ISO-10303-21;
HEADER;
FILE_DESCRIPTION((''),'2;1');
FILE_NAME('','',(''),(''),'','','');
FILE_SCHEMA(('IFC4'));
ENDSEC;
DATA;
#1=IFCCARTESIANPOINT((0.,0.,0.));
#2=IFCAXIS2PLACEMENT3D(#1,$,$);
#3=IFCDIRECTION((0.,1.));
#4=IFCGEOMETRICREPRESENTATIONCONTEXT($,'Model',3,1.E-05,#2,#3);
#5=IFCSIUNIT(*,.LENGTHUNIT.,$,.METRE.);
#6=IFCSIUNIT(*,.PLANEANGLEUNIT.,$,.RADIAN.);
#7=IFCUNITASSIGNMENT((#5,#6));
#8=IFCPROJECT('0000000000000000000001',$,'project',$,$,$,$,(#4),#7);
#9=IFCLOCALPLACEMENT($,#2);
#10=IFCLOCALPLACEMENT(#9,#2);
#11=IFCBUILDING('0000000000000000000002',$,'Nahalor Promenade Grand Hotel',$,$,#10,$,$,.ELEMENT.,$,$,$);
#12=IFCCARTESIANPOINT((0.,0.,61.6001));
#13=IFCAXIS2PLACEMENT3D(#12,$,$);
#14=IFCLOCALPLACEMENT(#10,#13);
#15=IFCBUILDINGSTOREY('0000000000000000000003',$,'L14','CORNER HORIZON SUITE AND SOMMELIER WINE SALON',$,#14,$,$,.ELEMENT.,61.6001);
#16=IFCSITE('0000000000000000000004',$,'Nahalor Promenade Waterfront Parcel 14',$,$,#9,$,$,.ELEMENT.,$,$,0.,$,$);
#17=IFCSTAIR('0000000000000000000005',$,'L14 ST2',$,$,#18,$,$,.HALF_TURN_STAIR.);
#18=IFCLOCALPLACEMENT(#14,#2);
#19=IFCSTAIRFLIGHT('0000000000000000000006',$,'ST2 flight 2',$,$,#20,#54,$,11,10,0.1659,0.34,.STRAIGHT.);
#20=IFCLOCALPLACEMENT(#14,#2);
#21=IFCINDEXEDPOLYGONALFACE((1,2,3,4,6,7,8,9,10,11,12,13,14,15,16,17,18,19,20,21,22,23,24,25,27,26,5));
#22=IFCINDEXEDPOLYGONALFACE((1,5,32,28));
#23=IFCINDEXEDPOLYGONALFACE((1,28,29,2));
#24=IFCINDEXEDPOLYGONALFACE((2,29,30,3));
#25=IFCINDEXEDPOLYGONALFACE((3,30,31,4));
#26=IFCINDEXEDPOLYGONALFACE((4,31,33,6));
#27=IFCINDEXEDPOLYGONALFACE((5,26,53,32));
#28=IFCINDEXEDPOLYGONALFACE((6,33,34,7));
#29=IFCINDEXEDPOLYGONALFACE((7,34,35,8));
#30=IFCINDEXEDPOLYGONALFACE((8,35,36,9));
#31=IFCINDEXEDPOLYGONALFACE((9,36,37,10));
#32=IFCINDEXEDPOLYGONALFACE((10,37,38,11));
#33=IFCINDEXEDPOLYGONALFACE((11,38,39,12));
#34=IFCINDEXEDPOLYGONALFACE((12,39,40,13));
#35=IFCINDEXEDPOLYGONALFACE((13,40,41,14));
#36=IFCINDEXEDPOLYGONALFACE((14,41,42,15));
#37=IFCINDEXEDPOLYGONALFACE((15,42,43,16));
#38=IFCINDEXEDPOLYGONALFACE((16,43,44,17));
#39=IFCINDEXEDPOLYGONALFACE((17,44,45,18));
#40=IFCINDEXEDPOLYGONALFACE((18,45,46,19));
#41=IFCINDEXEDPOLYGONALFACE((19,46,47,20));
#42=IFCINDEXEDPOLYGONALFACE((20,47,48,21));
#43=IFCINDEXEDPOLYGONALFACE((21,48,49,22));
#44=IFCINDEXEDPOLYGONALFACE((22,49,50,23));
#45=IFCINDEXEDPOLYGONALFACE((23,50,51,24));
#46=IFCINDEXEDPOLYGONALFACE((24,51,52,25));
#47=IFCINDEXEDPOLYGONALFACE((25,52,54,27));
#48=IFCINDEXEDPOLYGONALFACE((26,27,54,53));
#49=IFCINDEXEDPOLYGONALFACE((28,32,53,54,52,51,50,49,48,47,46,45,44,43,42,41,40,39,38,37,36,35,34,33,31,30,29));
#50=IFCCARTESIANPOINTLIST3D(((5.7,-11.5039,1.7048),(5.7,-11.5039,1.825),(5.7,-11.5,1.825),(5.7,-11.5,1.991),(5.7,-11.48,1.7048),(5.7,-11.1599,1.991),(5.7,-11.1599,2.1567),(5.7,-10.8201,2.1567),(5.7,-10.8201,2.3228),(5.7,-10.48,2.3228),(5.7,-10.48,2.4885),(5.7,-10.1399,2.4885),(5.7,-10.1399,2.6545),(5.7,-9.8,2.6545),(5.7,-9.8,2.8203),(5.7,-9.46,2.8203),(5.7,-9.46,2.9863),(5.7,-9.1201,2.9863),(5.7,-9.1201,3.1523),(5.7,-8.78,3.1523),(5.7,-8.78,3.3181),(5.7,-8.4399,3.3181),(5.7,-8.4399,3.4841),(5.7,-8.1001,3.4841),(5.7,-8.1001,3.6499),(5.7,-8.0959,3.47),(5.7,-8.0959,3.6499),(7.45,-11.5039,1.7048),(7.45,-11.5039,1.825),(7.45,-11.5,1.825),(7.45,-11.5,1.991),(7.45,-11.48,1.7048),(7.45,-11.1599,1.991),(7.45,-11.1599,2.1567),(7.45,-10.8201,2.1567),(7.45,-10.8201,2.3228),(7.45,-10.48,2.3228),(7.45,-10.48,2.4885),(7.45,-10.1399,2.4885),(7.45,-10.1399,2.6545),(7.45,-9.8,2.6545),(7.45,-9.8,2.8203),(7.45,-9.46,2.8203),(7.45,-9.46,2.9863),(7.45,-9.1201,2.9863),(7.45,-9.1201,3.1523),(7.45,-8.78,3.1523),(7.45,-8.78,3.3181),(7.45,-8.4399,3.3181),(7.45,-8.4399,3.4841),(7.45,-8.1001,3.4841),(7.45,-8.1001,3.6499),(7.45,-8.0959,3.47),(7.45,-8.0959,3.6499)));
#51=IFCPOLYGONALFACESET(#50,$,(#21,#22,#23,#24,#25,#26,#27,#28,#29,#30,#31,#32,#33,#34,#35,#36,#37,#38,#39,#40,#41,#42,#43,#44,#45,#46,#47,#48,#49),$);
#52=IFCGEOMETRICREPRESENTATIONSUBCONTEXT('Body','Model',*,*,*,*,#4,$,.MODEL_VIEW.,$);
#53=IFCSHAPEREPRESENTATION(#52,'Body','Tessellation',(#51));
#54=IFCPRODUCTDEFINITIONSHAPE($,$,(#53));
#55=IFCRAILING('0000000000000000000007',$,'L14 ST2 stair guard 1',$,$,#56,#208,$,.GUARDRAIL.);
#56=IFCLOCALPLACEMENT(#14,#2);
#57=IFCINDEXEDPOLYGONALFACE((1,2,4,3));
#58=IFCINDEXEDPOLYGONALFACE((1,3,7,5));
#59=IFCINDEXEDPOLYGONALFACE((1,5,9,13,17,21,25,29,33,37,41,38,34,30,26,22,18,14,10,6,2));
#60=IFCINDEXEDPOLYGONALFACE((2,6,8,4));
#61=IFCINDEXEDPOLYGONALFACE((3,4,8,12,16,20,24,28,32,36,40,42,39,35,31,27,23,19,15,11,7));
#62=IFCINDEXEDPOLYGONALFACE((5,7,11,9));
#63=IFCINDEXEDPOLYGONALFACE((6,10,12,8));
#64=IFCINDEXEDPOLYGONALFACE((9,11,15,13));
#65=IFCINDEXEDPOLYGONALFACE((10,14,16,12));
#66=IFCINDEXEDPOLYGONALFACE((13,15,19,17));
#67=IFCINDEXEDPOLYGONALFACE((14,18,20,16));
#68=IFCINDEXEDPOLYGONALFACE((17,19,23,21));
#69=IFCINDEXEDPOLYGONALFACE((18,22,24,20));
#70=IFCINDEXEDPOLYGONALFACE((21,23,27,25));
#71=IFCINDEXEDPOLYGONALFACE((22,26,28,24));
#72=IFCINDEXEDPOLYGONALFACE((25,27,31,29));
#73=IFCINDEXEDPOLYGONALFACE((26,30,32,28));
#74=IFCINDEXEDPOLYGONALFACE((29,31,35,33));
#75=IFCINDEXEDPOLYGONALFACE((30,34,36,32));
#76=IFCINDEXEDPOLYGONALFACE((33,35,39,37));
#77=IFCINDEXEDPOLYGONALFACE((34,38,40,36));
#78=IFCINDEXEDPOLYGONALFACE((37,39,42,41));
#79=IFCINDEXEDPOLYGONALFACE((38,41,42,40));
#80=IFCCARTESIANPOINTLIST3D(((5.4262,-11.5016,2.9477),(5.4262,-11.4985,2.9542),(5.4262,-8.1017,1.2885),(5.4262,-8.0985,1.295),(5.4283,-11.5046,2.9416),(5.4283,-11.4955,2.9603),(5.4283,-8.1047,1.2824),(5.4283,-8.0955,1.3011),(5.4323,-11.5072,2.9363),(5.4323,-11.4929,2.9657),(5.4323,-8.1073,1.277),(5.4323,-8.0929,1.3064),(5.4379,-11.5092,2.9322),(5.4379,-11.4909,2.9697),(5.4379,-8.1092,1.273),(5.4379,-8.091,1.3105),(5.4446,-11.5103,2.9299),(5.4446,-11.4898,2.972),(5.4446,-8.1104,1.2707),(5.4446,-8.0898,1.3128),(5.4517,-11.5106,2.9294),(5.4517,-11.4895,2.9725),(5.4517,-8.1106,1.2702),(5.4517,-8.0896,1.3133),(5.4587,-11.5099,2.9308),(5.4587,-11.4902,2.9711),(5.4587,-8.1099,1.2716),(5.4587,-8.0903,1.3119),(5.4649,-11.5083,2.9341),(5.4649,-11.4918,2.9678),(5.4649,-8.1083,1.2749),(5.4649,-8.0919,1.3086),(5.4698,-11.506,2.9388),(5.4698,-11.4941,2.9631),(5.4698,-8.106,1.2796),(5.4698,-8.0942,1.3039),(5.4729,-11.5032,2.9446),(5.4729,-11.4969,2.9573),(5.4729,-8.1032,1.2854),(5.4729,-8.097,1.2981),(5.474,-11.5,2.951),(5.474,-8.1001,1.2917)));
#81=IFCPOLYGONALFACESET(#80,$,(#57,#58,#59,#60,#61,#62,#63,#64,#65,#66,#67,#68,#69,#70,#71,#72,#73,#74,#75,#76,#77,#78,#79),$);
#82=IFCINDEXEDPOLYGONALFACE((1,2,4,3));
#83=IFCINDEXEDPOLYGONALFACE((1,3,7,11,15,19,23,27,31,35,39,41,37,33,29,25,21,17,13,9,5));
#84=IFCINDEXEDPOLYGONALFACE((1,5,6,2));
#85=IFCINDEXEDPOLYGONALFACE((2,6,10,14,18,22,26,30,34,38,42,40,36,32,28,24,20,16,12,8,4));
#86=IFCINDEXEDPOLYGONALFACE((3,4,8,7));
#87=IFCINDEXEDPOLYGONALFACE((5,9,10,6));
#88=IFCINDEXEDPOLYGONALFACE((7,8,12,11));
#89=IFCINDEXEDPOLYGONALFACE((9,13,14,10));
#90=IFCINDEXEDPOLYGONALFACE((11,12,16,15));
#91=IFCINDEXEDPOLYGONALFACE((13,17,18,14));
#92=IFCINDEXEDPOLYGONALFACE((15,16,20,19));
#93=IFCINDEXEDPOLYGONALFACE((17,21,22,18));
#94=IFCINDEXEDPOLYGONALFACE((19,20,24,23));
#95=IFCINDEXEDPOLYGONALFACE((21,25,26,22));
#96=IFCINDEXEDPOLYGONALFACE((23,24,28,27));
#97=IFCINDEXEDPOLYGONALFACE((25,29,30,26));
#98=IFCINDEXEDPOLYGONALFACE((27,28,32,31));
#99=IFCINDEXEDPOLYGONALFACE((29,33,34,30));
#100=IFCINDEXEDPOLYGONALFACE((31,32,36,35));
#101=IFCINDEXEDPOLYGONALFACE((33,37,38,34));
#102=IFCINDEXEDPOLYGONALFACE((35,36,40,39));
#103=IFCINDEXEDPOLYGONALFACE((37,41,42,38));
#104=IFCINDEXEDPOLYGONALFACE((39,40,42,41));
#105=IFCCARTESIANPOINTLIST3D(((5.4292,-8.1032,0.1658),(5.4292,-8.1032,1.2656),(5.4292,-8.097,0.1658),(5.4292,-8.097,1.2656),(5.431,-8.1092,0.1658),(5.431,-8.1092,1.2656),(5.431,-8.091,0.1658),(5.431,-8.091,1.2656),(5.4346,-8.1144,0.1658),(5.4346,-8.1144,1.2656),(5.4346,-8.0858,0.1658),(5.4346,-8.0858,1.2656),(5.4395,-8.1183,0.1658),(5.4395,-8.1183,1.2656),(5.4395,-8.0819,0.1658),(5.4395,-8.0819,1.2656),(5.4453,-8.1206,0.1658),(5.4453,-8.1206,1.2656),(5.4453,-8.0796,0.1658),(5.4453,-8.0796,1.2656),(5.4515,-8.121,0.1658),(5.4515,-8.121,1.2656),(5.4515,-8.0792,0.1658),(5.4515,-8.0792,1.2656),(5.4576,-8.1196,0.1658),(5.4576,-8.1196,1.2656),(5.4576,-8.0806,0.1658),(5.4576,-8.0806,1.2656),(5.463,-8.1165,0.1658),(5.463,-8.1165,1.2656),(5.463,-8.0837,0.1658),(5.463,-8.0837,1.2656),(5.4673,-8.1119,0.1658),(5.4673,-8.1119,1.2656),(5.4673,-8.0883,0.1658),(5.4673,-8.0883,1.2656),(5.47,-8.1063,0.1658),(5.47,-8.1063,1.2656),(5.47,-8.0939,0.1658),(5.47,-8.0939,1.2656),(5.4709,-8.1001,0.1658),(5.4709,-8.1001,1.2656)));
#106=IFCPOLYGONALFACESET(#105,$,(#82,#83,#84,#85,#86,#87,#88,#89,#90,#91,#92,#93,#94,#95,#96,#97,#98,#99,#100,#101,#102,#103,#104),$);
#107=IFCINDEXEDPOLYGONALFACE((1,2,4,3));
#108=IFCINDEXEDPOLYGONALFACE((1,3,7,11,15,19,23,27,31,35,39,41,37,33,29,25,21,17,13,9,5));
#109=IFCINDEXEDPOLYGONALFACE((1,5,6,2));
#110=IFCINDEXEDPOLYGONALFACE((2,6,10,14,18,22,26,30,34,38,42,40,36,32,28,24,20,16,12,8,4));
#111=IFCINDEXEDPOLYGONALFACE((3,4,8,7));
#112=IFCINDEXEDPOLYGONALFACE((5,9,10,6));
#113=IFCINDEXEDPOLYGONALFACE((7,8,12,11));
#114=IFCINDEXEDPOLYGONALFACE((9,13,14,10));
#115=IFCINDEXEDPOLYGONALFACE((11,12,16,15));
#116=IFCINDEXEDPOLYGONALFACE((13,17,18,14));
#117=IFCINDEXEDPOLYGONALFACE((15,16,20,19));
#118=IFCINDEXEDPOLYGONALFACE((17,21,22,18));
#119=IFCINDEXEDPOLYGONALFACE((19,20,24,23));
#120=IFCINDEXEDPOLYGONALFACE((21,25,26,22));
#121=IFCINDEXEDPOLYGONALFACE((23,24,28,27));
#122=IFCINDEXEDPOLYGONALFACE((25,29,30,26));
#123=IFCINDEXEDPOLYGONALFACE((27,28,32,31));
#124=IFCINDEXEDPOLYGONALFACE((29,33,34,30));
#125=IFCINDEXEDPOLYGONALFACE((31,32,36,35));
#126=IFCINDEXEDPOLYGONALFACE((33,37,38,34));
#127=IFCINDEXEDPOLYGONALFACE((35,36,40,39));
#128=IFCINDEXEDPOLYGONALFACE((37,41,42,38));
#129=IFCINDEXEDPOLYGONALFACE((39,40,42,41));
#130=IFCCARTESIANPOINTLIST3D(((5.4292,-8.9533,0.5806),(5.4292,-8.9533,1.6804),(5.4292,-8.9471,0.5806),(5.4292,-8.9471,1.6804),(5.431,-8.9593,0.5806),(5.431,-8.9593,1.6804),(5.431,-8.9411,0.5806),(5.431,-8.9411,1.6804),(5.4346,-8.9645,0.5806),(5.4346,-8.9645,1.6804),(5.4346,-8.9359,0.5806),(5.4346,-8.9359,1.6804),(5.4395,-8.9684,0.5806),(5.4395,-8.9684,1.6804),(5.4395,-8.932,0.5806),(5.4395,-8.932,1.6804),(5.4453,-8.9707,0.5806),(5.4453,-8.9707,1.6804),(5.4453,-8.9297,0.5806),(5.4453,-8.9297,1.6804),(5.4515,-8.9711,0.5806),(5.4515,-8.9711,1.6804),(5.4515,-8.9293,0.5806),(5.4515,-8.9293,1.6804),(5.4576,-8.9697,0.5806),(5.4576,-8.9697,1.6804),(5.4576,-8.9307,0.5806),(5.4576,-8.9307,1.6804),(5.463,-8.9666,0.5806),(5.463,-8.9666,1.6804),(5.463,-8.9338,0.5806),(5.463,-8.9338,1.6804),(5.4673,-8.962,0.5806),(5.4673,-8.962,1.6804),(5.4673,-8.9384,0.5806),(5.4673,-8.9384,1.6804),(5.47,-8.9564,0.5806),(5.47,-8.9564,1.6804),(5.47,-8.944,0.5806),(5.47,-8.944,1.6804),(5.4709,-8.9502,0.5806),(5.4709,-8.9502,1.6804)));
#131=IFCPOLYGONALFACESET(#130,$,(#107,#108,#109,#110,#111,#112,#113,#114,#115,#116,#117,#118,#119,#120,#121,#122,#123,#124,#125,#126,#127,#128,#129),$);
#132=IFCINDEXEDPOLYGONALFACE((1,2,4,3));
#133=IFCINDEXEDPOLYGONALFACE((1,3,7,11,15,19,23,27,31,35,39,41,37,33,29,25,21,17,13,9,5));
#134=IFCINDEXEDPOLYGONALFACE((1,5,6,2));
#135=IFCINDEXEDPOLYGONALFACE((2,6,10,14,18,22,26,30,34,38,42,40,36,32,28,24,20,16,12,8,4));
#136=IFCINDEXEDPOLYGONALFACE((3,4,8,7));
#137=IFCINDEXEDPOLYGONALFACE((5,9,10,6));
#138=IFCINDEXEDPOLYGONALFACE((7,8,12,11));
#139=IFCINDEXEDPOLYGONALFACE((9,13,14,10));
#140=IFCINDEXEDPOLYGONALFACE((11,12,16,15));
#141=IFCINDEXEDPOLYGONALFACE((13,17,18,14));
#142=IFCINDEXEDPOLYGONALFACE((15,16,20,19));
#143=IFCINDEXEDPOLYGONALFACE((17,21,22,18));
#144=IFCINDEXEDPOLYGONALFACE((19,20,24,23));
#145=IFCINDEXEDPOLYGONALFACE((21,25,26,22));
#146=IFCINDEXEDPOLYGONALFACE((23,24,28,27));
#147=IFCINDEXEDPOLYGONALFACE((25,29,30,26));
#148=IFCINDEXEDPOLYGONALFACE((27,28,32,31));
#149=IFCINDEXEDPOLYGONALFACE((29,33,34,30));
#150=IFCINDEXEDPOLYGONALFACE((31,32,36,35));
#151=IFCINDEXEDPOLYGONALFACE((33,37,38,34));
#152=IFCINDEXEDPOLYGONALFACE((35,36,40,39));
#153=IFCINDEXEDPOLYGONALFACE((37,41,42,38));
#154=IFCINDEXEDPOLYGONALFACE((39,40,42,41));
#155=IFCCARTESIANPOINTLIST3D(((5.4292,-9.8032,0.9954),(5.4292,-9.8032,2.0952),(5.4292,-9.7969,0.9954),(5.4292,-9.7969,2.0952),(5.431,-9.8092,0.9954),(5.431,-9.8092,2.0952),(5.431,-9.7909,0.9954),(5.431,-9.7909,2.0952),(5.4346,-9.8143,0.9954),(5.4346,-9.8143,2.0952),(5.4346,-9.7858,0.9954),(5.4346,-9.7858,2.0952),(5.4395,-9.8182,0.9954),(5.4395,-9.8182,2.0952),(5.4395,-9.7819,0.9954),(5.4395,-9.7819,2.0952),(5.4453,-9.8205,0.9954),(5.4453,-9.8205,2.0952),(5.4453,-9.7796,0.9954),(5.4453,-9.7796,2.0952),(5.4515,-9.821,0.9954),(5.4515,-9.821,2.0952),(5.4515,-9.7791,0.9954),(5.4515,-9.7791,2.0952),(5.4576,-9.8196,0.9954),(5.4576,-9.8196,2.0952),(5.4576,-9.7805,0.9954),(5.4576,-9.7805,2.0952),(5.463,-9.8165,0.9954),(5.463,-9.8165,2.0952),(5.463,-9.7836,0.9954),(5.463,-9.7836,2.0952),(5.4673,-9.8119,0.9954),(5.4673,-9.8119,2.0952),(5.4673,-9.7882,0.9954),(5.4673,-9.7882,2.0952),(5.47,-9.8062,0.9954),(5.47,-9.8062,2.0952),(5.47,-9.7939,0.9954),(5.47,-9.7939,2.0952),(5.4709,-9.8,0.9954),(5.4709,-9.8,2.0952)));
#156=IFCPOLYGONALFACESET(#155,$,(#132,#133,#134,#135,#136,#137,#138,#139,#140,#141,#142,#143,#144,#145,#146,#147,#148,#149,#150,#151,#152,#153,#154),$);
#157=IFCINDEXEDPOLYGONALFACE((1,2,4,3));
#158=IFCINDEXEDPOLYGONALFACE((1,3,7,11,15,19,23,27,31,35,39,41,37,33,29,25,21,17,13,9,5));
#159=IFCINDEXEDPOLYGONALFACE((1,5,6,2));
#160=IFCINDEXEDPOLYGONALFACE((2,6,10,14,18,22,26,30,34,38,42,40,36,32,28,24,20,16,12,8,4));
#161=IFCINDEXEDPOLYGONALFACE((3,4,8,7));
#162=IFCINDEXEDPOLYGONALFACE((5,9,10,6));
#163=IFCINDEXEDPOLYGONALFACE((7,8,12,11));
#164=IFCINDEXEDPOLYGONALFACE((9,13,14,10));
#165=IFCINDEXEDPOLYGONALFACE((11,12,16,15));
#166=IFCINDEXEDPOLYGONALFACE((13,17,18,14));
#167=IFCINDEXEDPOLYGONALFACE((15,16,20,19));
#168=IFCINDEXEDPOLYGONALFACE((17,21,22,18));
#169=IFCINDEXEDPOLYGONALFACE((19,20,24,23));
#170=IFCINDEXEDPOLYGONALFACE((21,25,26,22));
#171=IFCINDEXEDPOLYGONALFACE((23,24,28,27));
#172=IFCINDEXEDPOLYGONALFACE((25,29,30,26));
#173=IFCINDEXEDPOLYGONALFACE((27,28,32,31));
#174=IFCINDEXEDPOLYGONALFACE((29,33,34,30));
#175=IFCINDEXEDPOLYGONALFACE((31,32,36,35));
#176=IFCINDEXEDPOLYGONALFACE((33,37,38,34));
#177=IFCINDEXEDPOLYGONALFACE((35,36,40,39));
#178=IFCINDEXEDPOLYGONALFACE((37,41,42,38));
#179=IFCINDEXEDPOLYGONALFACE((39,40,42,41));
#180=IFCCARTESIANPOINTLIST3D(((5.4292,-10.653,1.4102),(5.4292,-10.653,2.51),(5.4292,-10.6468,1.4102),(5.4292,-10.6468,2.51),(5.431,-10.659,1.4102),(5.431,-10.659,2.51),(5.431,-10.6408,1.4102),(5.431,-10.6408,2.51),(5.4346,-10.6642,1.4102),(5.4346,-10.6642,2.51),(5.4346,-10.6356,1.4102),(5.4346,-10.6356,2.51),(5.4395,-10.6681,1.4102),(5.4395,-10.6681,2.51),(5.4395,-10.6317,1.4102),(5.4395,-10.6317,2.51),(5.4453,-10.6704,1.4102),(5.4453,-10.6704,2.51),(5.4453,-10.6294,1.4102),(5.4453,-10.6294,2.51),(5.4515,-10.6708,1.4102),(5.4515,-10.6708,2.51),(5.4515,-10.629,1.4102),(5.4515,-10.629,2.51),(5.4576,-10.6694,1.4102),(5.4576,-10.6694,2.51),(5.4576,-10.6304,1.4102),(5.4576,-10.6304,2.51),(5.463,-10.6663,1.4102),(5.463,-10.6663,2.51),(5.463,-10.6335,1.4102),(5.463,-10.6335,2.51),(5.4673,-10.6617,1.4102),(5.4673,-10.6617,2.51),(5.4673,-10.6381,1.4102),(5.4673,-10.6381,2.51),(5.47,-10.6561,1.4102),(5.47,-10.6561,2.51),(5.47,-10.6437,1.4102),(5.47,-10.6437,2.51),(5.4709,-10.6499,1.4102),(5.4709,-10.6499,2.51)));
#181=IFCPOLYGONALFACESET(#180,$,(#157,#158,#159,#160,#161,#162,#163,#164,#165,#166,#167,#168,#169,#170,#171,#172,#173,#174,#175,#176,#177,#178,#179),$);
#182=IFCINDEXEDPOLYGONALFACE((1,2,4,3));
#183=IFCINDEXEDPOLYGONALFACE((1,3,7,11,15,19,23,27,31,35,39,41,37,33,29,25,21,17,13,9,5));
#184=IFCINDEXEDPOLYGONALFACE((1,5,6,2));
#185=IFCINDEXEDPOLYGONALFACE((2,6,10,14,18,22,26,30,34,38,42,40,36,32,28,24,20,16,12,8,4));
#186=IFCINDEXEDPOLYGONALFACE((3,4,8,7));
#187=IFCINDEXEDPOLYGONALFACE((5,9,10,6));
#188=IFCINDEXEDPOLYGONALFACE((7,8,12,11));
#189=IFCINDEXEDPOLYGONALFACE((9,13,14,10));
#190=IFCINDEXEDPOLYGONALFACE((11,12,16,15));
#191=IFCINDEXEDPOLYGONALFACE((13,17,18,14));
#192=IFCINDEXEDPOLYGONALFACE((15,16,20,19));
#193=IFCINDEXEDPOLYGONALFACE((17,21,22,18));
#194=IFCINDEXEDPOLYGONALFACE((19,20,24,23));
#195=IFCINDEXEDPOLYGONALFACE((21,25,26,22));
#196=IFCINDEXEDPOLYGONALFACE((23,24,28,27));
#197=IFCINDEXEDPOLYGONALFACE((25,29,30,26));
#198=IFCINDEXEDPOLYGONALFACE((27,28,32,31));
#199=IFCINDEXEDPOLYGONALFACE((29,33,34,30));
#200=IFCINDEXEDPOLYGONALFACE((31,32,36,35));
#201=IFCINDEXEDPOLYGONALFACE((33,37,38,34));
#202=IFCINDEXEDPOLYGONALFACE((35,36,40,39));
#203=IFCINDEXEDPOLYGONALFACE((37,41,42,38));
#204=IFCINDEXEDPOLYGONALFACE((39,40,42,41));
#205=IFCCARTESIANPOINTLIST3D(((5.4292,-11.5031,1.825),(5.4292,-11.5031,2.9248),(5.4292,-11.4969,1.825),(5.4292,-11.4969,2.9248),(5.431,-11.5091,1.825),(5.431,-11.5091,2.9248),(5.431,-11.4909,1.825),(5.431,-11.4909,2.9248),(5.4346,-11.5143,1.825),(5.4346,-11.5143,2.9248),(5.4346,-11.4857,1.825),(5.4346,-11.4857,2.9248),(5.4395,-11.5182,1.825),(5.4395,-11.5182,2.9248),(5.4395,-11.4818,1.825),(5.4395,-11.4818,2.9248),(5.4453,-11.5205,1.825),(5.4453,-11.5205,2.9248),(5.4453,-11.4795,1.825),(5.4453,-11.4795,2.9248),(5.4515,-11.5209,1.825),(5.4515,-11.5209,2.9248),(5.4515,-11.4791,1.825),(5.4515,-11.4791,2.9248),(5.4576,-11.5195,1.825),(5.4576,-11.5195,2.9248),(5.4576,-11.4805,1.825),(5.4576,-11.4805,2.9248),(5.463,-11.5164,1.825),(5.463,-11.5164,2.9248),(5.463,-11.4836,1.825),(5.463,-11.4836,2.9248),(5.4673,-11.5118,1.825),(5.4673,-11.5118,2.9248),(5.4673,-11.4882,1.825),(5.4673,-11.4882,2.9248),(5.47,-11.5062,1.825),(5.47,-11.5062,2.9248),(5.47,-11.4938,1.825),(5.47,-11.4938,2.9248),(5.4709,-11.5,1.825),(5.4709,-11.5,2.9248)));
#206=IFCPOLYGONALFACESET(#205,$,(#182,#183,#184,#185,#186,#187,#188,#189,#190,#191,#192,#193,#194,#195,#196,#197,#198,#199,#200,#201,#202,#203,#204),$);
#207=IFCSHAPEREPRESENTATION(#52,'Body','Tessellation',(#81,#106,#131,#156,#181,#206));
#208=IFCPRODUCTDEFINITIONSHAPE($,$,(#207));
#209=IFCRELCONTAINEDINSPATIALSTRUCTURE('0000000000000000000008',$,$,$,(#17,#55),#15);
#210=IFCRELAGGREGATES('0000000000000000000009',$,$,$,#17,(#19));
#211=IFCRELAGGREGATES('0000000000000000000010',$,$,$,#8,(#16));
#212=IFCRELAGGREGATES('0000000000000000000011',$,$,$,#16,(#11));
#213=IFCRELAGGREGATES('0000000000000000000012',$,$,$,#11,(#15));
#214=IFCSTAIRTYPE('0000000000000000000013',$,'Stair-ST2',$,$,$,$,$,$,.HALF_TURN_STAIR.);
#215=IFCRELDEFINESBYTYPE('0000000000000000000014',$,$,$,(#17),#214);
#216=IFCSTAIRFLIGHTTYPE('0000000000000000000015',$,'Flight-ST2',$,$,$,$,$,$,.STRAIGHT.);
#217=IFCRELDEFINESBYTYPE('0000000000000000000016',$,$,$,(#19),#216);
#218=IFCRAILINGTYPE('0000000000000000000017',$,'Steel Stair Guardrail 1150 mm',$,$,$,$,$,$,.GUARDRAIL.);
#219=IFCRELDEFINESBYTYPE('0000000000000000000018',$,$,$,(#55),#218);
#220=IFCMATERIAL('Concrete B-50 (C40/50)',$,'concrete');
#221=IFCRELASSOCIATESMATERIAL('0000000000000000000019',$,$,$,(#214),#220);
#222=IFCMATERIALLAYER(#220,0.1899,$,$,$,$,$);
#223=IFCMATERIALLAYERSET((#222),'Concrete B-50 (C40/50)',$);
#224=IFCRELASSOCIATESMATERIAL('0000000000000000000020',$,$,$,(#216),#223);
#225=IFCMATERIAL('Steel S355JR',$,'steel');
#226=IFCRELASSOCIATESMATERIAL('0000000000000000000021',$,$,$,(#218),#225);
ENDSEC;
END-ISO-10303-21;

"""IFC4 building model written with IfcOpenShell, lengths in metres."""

from ifc_helpers import new_model, si_unit, direction, frame, origin, origin_2d, place, context, subcontext, project, spatial, polyline, circle, outline, extrude, source, transform, mapped, material, layer, layer_set, type_object, element, aggregate, save


model = new_model("IFC4")

# Units and contexts
model_context = context("Model", 3, precision=1e-05, world=origin(), true_north=direction((0.0, 1.0)))
body_context = subcontext(model_context, "Body", "Model", "MODEL_VIEW")
ifc_project = project(units=[si_unit("LENGTHUNIT", "METRE"), si_unit("PLANEANGLEUNIT", "RADIAN")], contexts=[model_context])

# Site, building, storey
site_placement = place(None, origin())
site = spatial("IfcSite", under=ifc_project, at=site_placement, Name="Nahalor Promenade Waterfront Parcel 14", CompositionType="ELEMENT", RefElevation=0.0)
building_placement = place(site_placement, origin())
building = spatial("IfcBuilding", under=site, at=building_placement, Name="Nahalor Promenade Grand Hotel", CompositionType="ELEMENT")
storey_placement = place(building_placement, frame((0.0, 0.0, 61.6001)))
storey = spatial("IfcBuildingStorey", under=building, at=storey_placement, Name="L14", Description="CORNER HORIZON SUITE AND SOMMELIER WINE SALON", CompositionType="ELEMENT", Elevation=61.6001)

# Shared definitions
ifc_material_1 = material(Name="Steel S355JR", Category="steel")

# Shared definitions
ifc_material_2 = material(Name="Concrete B-50 (C40/50)", Category="concrete")

# Stair, stair flight
stair_type = type_object("IfcStairType", Name="Stair-ST2", PredefinedType="HALF_TURN_STAIR", material=ifc_material_2)
stair_placement = place(storey_placement, origin())
stair = element("IfcStair", 1, at=stair_placement, inside=storey, type_object=stair_type, Name="L14 ST2", PredefinedType="HALF_TURN_STAIR")
ifc_layer_1 = layer(ifc_material_2, 0.1899)
ifc_layer_set_1 = layer_set([ifc_layer_1], Name="Concrete B-50 (C40/50)")
stair_flight_type = type_object("IfcStairFlightType", Name="Flight-ST2", PredefinedType="STRAIGHT", material=ifc_layer_set_1)
shared_shape_1 = source(origin(), body_context, "Body", "SweptSolid", [
    extrude(outline(polyline([(-0.0039, -0.1201), (-0.0039, 0.0), (0.0, 0.0), (0.0, 0.166), (0.3401, 0.166), (0.3401, 0.3318), (0.6799, 0.3318), (0.6799, 0.4978), (1.02, 0.4978), (1.02, 0.6636), (1.3601, 0.6636), (1.3601, 0.8296), (1.7, 0.8296), (1.7, 0.9954), (2.04, 0.9954), (2.04, 1.1614), (2.3799, 1.1614), (2.3799, 1.3274), (2.72, 1.3274), (2.72, 1.4932), (3.0601, 1.4932), (3.0601, 1.6592), (3.3999, 1.6592), (3.3999, 1.825), (3.4041, 1.825), (3.4041, 1.645), (0.02, -0.1201), (-0.0039, -0.1201)])), frame((0.0, 0.875, 0.0), z_axis=(0.0, -1.0, 0.0), x_axis=(1.0, 0.0, 0.0)), (0.0, 0.0, 1.0), 1.75),
])
stair_flight_1_placement = place(storey_placement, frame((6.575, -11.5, 1.825), z_axis=(0.0, 0.0, 1.0), x_axis=(0.0, 1.0, 0.0)))
stair_flight_1 = element("IfcStairFlight", 2, at=stair_flight_1_placement, type_object=stair_flight_type, Name="ST2 flight 2", NumberOfRisers=11, NumberOfTreads=10, PredefinedType="STRAIGHT", RiserHeight=0.1659, TreadLength=0.34, context=body_context, shape_type="MappedRepresentation", body=[
    mapped(shared_shape_1, transform((0.0, 0.0, 0.0), scale=1.0)),
])
aggregate(stair, [stair_flight_1])

# Railing
railing_type_1 = type_object("IfcRailingType", Name="Steel Stair Guardrail 1150 mm", PredefinedType="GUARDRAIL", material=ifc_material_1)
railing_1_placement = place(storey_placement, frame((5.45, -8.1001, 0.1658)))
element("IfcRailing", 3, at=railing_1_placement, inside=storey, type_object=railing_type_1, Name="L14 ST2 stair guard 1", PredefinedType="GUARDRAIL", context=body_context, shape_type="SweptSolid", body=[
    extrude(circle(Radius=0.024, at=origin_2d()), frame((0.0, 0.0, 1.126), z_axis=(0.0, -0.898696, 0.438571), x_axis=(1.0, 0.0, 0.0)), (0.0, 0.0, 1.0), 3.7832),
    extrude(circle(Radius=0.021, at=origin_2d()), origin(), (0.0, 0.0, 1.0), 1.0999),
    extrude(circle(Radius=0.021, at=origin_2d()), frame((0.0, -0.8501, 0.4148)), (0.0, 0.0, 1.0), 1.0999),
    extrude(circle(Radius=0.021, at=origin_2d()), frame((0.0, -1.7, 0.8296)), (0.0, 0.0, 1.0), 1.0999),
    extrude(circle(Radius=0.021, at=origin_2d()), frame((0.0, -2.5498, 1.2444)), (0.0, 0.0, 1.0), 1.0999),
    extrude(circle(Radius=0.021, at=origin_2d()), frame((0.0, -3.3999, 1.6592)), (0.0, 0.0, 1.0), 1.0999),
])

save(model, "model.ifc")
